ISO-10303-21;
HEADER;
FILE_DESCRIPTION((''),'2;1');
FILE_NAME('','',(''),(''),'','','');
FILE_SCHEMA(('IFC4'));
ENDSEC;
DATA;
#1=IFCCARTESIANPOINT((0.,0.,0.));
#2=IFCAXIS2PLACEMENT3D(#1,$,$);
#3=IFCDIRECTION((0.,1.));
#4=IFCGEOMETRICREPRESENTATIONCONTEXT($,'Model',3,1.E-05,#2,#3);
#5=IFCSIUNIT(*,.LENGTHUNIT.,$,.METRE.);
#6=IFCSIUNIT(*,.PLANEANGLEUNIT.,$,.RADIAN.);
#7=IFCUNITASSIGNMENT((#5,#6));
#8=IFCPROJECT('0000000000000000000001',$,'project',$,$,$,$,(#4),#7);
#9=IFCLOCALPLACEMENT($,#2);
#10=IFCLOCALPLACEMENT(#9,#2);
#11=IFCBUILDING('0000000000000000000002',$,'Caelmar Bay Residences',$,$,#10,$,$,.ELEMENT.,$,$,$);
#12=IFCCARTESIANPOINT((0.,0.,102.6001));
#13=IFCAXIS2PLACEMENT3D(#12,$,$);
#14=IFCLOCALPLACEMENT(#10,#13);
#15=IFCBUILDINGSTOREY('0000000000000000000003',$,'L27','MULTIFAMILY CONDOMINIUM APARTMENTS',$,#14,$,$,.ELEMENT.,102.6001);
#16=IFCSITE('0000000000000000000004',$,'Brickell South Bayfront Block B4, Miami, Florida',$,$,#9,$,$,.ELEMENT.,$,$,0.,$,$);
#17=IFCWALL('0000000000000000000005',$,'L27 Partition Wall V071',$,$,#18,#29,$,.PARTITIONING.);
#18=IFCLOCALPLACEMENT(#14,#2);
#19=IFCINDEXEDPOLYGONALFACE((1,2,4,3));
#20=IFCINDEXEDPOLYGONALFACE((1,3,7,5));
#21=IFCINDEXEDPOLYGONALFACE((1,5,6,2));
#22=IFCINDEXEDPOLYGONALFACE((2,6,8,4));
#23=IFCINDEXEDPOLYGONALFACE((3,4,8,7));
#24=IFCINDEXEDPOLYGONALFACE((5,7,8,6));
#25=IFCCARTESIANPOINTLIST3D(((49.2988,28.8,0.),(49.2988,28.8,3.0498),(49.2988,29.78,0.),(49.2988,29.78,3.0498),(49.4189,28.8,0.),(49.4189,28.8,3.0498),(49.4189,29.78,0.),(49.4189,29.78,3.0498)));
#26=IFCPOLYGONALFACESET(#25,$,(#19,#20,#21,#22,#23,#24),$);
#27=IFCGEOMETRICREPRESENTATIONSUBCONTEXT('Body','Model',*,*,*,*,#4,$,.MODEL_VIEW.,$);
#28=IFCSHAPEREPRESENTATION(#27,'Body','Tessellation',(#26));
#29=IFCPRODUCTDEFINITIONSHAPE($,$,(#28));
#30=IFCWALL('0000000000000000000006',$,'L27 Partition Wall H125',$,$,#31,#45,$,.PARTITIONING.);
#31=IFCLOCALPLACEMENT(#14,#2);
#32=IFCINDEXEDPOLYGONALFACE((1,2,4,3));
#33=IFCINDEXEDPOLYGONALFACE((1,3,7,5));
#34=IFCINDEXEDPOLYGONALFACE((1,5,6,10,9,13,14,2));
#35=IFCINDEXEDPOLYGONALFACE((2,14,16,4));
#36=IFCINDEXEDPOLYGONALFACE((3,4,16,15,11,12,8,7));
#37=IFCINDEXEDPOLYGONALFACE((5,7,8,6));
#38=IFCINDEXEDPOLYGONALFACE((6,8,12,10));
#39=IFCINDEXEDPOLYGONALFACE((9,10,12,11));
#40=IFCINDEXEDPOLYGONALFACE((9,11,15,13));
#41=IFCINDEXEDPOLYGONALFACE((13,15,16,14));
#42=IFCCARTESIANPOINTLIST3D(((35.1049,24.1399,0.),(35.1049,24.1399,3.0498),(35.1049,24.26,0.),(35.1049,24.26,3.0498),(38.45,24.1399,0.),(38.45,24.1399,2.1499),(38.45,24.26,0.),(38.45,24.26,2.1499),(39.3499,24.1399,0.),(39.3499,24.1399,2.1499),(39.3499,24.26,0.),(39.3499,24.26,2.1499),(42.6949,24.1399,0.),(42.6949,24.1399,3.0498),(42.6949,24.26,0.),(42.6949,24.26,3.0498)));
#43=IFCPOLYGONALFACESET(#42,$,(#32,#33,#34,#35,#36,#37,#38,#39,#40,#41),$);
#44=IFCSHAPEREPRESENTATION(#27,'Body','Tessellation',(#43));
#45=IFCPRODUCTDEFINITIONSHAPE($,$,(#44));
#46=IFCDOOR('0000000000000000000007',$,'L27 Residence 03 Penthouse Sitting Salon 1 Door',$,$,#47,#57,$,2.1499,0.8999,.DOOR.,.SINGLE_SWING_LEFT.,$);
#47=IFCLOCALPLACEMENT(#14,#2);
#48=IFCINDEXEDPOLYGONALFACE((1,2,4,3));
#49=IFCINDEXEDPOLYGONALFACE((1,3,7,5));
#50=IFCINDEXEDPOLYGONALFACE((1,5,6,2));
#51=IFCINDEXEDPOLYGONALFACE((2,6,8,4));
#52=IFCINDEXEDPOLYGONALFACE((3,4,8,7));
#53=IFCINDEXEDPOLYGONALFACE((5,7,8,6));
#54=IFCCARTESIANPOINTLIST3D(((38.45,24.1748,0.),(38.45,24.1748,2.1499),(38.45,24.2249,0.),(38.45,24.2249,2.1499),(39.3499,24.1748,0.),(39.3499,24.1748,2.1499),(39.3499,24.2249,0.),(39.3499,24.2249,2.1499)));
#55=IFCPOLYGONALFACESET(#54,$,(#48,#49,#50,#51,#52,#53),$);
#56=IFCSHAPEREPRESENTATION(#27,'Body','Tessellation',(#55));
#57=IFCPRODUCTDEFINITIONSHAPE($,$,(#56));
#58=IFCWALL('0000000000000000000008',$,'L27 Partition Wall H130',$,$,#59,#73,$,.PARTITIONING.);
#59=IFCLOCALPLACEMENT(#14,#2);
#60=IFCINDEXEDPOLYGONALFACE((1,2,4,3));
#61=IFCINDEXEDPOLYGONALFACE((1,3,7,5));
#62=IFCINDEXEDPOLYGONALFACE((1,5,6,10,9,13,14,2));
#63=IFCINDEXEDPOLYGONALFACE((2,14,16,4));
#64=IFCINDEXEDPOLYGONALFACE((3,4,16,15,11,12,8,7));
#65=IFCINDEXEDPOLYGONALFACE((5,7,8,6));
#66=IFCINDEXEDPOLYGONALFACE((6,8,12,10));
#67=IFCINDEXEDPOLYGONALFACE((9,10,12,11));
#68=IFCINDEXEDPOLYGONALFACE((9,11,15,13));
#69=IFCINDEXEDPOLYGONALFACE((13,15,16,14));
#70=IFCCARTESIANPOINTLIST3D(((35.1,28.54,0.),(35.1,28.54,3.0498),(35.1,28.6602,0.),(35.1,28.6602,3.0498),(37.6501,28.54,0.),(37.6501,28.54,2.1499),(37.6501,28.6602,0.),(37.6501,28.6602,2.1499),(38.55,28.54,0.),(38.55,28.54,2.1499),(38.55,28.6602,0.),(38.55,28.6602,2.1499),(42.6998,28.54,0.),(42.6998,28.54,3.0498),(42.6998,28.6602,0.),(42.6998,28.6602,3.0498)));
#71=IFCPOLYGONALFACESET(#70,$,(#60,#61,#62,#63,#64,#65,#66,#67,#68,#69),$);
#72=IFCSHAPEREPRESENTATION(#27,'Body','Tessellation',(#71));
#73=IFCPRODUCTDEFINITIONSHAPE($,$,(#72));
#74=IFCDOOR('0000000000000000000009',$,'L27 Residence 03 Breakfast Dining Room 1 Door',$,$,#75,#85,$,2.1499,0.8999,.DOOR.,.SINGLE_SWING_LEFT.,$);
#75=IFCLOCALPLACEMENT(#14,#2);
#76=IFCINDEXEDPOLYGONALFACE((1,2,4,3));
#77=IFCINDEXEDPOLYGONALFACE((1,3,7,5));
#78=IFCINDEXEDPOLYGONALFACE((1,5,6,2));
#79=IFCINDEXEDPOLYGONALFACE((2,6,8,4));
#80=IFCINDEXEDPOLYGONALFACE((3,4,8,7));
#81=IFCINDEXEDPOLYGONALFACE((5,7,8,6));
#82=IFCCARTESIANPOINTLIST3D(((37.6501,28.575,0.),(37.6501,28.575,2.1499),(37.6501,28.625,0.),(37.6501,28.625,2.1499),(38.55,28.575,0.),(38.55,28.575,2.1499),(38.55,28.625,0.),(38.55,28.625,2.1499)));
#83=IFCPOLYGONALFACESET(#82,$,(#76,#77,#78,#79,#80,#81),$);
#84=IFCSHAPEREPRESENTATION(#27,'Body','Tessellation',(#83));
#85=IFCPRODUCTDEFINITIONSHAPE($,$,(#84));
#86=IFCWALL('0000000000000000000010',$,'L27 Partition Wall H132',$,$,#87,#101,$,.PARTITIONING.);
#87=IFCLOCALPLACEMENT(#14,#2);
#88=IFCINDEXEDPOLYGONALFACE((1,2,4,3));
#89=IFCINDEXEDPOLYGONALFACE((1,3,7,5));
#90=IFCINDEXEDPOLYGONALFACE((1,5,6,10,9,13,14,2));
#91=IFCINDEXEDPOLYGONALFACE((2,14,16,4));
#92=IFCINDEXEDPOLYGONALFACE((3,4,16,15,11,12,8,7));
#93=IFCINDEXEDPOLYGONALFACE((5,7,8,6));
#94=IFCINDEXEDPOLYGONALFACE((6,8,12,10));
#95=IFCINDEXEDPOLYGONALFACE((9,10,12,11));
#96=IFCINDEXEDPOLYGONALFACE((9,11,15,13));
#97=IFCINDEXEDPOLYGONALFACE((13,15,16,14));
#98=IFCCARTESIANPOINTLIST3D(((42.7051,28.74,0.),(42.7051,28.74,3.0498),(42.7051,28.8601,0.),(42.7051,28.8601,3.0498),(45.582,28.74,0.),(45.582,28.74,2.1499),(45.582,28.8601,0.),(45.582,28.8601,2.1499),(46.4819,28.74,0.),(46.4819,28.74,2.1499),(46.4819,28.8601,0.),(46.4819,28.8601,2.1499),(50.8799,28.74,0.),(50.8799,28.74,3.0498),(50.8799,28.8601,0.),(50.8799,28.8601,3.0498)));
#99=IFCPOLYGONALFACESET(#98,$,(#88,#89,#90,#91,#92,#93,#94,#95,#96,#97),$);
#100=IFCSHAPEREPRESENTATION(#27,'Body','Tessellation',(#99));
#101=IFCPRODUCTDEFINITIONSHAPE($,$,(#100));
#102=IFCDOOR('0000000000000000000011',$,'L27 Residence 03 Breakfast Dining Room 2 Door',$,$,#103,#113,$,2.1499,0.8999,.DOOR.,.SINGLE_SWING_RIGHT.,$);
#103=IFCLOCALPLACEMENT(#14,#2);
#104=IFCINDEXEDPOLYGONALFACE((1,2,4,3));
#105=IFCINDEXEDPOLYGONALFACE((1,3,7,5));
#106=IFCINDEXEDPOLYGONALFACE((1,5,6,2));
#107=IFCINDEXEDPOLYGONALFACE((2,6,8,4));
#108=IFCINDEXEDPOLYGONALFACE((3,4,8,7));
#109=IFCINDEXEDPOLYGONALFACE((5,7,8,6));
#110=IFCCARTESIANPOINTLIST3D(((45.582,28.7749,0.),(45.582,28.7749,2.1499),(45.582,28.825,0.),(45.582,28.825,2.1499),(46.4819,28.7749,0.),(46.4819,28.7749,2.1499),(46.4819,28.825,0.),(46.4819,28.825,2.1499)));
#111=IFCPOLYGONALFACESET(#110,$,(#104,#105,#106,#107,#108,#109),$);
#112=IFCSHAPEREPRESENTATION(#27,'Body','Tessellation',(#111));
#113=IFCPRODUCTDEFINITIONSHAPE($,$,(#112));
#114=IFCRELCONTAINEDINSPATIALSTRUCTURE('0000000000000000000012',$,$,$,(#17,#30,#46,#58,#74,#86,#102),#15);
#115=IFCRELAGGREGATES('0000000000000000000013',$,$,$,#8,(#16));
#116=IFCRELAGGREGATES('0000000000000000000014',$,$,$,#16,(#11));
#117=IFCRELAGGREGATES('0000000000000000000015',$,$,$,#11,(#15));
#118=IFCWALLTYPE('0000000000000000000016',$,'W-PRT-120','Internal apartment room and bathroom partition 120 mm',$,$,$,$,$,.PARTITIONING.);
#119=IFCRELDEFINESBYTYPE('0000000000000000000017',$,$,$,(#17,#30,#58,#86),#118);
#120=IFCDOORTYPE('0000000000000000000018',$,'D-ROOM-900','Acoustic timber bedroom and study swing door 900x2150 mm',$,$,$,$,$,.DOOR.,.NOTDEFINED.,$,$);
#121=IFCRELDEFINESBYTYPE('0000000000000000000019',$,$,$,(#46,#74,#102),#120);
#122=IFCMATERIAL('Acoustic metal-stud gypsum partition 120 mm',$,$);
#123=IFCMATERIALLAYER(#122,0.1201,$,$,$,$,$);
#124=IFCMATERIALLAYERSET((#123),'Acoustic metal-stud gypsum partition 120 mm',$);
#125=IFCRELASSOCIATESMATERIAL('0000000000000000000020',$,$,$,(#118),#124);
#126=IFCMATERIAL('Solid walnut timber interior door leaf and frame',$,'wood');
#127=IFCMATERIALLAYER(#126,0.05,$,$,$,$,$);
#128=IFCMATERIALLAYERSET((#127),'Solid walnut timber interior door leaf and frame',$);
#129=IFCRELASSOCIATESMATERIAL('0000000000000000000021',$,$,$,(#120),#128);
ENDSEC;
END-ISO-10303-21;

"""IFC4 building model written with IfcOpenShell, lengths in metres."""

from ifc_helpers import new_model, si_unit, direction, frame, frame_2d, origin, place, context, subcontext, project, spatial, rectangle, extrude, material, layer, layer_set, type_object, element, fill, save


model = new_model("IFC4")

# Units and contexts
model_context = context("Model", 3, precision=1e-05, world=origin(), true_north=direction((0.0, 1.0)))
body_context = subcontext(model_context, "Body", "Model", "MODEL_VIEW")
ifc_project = project(units=[si_unit("LENGTHUNIT", "METRE"), si_unit("PLANEANGLEUNIT", "RADIAN")], contexts=[model_context])

# Site, building, storey
site_placement = place(None, origin())
site = spatial("IfcSite", under=ifc_project, at=site_placement, Name="Brickell South Bayfront Block B4, Miami, Florida", CompositionType="ELEMENT", RefElevation=0.0)
building_placement = place(site_placement, origin())
building = spatial("IfcBuilding", under=site, at=building_placement, Name="Caelmar Bay Residences", CompositionType="ELEMENT")
storey_placement = place(building_placement, frame((0.0, 0.0, 102.6001)))
storey = spatial("IfcBuildingStorey", under=building, at=storey_placement, Name="L27", Description="MULTIFAMILY CONDOMINIUM APARTMENTS", CompositionType="ELEMENT", Elevation=102.6001)

# Shared definitions
ifc_material_1 = material(Name="Acoustic metal-stud gypsum partition 120 mm")
ifc_layer_1 = layer(ifc_material_1, 0.1201)
ifc_layer_set_1 = layer_set([ifc_layer_1], Name="Acoustic metal-stud gypsum partition 120 mm")
wall_type = type_object("IfcWallType", Name="W-PRT-120", Description="Internal apartment room and bathroom partition 120 mm", PredefinedType="PARTITIONING", material=ifc_layer_set_1)
ifc_material_2 = material(Name="Solid walnut timber interior door leaf and frame", Category="wood")
ifc_layer_2 = layer(ifc_material_2, 0.05)
ifc_layer_set_2 = layer_set([ifc_layer_2], Name="Solid walnut timber interior door leaf and frame")
door_type = type_object("IfcDoorType", Name="D-ROOM-900", Description="Acoustic timber bedroom and study swing door 900x2150 mm", OperationType="NOTDEFINED", PredefinedType="DOOR", material=ifc_layer_set_2)

# Wall
wall_1_placement = place(storey_placement, frame((49.3589, 28.8, 0.0), z_axis=(0.0, 0.0, 1.0), x_axis=(0.0, 1.0, 0.0)))
element("IfcWall", 1, at=wall_1_placement, inside=storey, type_object=wall_type, Name="L27 Partition Wall V071", PredefinedType="PARTITIONING", context=body_context, shape_type="SweptSolid", body=[
    extrude(rectangle(XDim=0.98, YDim=0.1201, at=frame_2d((0.49, 0.0))), origin(), (0.0, 0.0, 1.0), 3.0498),
])

# Walls, openings, doors
wall_2_placement = place(storey_placement, frame((35.105, 24.2, 0.0), z_axis=(0.0, 0.0, 1.0), x_axis=(1.0, 0.0, 0.0)))
wall_2 = element("IfcWall", 2, at=wall_2_placement, inside=storey, type_object=wall_type, Name="L27 Partition Wall H125", PredefinedType="PARTITIONING", context=body_context, shape_type="SweptSolid", body=[
    extrude(rectangle(XDim=7.5901, YDim=0.1201, at=frame_2d((3.7949, 0.0))), origin(), (0.0, 0.0, 1.0), 3.0498),
])
opening_1_placement = place(wall_2_placement, frame((3.345, 0.0, 0.0)))
opening_1 = element("IfcOpeningElement", 3, at=opening_1_placement, cuts=wall_2, PredefinedType="OPENING", context=body_context, shape_type="SweptSolid", body=[
    extrude(rectangle(XDim=0.8999, YDim=2.1499, at=frame_2d((0.45, 1.075))), frame((0.0, 0.0701, 0.0), z_axis=(0.0, -1.0, 0.0), x_axis=(1.0, 0.0, 0.0)), (0.0, 0.0, 1.0), 0.1401),
])
door_1_placement = place(opening_1_placement, origin())
door_1 = element("IfcDoor", 4, at=door_1_placement, inside=storey, type_object=door_type, Name="L27 Residence 03 Penthouse Sitting Salon 1 Door", OperationType="SINGLE_SWING_LEFT", OverallHeight=2.1499, OverallWidth=0.8999, PredefinedType="DOOR", context=body_context, shape_type="SweptSolid", body=[
    extrude(rectangle(XDim=0.8999, YDim=2.1499, at=frame_2d((0.45, 1.075))), frame((0.0, 0.0249, 0.0), z_axis=(0.0, -1.0, 0.0), x_axis=(1.0, 0.0, 0.0)), (0.0, 0.0, 1.0), 0.05),
])
fill(opening_1, door_1)
wall_3_placement = place(storey_placement, frame((35.1001, 28.6001, 0.0), z_axis=(0.0, 0.0, 1.0), x_axis=(1.0, 0.0, 0.0)))
wall_3 = element("IfcWall", 5, at=wall_3_placement, inside=storey, type_object=wall_type, Name="L27 Partition Wall H130", PredefinedType="PARTITIONING", context=body_context, shape_type="SweptSolid", body=[
    extrude(rectangle(XDim=7.5999, YDim=0.1201, at=frame_2d((3.7998, 0.0))), origin(), (0.0, 0.0, 1.0), 3.0498),
])
opening_2_placement = place(wall_3_placement, frame((2.55, 0.0, 0.0)))
opening_2 = element("IfcOpeningElement", 6, at=opening_2_placement, cuts=wall_3, PredefinedType="OPENING", context=body_context, shape_type="SweptSolid", body=[
    extrude(rectangle(XDim=0.8999, YDim=2.1499, at=frame_2d((0.45, 1.075))), frame((0.0, 0.0701, 0.0), z_axis=(0.0, -1.0, 0.0), x_axis=(1.0, 0.0, 0.0)), (0.0, 0.0, 1.0), 0.1401),
])
door_2_placement = place(opening_2_placement, origin())
door_2 = element("IfcDoor", 7, at=door_2_placement, inside=storey, type_object=door_type, Name="L27 Residence 03 Breakfast Dining Room 1 Door", OperationType="SINGLE_SWING_LEFT", OverallHeight=2.1499, OverallWidth=0.8999, PredefinedType="DOOR", context=body_context, shape_type="SweptSolid", body=[
    extrude(rectangle(XDim=0.8999, YDim=2.1499, at=frame_2d((0.45, 1.075))), frame((0.0, 0.0249, 0.0), z_axis=(0.0, -1.0, 0.0), x_axis=(1.0, 0.0, 0.0)), (0.0, 0.0, 1.0), 0.05),
])
fill(opening_2, door_2)
wall_4_placement = place(storey_placement, frame((42.7051, 28.8, 0.0), z_axis=(0.0, 0.0, 1.0), x_axis=(1.0, 0.0, 0.0)))
wall_4 = element("IfcWall", 8, at=wall_4_placement, inside=storey, type_object=wall_type, Name="L27 Partition Wall H132", PredefinedType="PARTITIONING", context=body_context, shape_type="SweptSolid", body=[
    extrude(rectangle(XDim=8.1748, YDim=0.1201, at=frame_2d((4.0874, 0.0))), origin(), (0.0, 0.0, 1.0), 3.0498),
])
opening_3_placement = place(wall_4_placement, frame((2.877, 0.0, 0.0)))
opening_3 = element("IfcOpeningElement", 9, at=opening_3_placement, cuts=wall_4, PredefinedType="OPENING", context=body_context, shape_type="SweptSolid", body=[
    extrude(rectangle(XDim=0.8999, YDim=2.1499, at=frame_2d((0.45, 1.075))), frame((0.0, 0.0701, 0.0), z_axis=(0.0, -1.0, 0.0), x_axis=(1.0, 0.0, 0.0)), (0.0, 0.0, 1.0), 0.1401),
])
door_3_placement = place(opening_3_placement, origin())
door_3 = element("IfcDoor", 10, at=door_3_placement, inside=storey, type_object=door_type, Name="L27 Residence 03 Breakfast Dining Room 2 Door", OperationType="SINGLE_SWING_RIGHT", OverallHeight=2.1499, OverallWidth=0.8999, PredefinedType="DOOR", context=body_context, shape_type="SweptSolid", body=[
    extrude(rectangle(XDim=0.8999, YDim=2.1499, at=frame_2d((0.45, 1.075))), frame((0.0, 0.0249, 0.0), z_axis=(0.0, -1.0, 0.0), x_axis=(1.0, 0.0, 0.0)), (0.0, 0.0, 1.0), 0.05),
])
fill(opening_3, door_3)

save(model, "model.ifc")
